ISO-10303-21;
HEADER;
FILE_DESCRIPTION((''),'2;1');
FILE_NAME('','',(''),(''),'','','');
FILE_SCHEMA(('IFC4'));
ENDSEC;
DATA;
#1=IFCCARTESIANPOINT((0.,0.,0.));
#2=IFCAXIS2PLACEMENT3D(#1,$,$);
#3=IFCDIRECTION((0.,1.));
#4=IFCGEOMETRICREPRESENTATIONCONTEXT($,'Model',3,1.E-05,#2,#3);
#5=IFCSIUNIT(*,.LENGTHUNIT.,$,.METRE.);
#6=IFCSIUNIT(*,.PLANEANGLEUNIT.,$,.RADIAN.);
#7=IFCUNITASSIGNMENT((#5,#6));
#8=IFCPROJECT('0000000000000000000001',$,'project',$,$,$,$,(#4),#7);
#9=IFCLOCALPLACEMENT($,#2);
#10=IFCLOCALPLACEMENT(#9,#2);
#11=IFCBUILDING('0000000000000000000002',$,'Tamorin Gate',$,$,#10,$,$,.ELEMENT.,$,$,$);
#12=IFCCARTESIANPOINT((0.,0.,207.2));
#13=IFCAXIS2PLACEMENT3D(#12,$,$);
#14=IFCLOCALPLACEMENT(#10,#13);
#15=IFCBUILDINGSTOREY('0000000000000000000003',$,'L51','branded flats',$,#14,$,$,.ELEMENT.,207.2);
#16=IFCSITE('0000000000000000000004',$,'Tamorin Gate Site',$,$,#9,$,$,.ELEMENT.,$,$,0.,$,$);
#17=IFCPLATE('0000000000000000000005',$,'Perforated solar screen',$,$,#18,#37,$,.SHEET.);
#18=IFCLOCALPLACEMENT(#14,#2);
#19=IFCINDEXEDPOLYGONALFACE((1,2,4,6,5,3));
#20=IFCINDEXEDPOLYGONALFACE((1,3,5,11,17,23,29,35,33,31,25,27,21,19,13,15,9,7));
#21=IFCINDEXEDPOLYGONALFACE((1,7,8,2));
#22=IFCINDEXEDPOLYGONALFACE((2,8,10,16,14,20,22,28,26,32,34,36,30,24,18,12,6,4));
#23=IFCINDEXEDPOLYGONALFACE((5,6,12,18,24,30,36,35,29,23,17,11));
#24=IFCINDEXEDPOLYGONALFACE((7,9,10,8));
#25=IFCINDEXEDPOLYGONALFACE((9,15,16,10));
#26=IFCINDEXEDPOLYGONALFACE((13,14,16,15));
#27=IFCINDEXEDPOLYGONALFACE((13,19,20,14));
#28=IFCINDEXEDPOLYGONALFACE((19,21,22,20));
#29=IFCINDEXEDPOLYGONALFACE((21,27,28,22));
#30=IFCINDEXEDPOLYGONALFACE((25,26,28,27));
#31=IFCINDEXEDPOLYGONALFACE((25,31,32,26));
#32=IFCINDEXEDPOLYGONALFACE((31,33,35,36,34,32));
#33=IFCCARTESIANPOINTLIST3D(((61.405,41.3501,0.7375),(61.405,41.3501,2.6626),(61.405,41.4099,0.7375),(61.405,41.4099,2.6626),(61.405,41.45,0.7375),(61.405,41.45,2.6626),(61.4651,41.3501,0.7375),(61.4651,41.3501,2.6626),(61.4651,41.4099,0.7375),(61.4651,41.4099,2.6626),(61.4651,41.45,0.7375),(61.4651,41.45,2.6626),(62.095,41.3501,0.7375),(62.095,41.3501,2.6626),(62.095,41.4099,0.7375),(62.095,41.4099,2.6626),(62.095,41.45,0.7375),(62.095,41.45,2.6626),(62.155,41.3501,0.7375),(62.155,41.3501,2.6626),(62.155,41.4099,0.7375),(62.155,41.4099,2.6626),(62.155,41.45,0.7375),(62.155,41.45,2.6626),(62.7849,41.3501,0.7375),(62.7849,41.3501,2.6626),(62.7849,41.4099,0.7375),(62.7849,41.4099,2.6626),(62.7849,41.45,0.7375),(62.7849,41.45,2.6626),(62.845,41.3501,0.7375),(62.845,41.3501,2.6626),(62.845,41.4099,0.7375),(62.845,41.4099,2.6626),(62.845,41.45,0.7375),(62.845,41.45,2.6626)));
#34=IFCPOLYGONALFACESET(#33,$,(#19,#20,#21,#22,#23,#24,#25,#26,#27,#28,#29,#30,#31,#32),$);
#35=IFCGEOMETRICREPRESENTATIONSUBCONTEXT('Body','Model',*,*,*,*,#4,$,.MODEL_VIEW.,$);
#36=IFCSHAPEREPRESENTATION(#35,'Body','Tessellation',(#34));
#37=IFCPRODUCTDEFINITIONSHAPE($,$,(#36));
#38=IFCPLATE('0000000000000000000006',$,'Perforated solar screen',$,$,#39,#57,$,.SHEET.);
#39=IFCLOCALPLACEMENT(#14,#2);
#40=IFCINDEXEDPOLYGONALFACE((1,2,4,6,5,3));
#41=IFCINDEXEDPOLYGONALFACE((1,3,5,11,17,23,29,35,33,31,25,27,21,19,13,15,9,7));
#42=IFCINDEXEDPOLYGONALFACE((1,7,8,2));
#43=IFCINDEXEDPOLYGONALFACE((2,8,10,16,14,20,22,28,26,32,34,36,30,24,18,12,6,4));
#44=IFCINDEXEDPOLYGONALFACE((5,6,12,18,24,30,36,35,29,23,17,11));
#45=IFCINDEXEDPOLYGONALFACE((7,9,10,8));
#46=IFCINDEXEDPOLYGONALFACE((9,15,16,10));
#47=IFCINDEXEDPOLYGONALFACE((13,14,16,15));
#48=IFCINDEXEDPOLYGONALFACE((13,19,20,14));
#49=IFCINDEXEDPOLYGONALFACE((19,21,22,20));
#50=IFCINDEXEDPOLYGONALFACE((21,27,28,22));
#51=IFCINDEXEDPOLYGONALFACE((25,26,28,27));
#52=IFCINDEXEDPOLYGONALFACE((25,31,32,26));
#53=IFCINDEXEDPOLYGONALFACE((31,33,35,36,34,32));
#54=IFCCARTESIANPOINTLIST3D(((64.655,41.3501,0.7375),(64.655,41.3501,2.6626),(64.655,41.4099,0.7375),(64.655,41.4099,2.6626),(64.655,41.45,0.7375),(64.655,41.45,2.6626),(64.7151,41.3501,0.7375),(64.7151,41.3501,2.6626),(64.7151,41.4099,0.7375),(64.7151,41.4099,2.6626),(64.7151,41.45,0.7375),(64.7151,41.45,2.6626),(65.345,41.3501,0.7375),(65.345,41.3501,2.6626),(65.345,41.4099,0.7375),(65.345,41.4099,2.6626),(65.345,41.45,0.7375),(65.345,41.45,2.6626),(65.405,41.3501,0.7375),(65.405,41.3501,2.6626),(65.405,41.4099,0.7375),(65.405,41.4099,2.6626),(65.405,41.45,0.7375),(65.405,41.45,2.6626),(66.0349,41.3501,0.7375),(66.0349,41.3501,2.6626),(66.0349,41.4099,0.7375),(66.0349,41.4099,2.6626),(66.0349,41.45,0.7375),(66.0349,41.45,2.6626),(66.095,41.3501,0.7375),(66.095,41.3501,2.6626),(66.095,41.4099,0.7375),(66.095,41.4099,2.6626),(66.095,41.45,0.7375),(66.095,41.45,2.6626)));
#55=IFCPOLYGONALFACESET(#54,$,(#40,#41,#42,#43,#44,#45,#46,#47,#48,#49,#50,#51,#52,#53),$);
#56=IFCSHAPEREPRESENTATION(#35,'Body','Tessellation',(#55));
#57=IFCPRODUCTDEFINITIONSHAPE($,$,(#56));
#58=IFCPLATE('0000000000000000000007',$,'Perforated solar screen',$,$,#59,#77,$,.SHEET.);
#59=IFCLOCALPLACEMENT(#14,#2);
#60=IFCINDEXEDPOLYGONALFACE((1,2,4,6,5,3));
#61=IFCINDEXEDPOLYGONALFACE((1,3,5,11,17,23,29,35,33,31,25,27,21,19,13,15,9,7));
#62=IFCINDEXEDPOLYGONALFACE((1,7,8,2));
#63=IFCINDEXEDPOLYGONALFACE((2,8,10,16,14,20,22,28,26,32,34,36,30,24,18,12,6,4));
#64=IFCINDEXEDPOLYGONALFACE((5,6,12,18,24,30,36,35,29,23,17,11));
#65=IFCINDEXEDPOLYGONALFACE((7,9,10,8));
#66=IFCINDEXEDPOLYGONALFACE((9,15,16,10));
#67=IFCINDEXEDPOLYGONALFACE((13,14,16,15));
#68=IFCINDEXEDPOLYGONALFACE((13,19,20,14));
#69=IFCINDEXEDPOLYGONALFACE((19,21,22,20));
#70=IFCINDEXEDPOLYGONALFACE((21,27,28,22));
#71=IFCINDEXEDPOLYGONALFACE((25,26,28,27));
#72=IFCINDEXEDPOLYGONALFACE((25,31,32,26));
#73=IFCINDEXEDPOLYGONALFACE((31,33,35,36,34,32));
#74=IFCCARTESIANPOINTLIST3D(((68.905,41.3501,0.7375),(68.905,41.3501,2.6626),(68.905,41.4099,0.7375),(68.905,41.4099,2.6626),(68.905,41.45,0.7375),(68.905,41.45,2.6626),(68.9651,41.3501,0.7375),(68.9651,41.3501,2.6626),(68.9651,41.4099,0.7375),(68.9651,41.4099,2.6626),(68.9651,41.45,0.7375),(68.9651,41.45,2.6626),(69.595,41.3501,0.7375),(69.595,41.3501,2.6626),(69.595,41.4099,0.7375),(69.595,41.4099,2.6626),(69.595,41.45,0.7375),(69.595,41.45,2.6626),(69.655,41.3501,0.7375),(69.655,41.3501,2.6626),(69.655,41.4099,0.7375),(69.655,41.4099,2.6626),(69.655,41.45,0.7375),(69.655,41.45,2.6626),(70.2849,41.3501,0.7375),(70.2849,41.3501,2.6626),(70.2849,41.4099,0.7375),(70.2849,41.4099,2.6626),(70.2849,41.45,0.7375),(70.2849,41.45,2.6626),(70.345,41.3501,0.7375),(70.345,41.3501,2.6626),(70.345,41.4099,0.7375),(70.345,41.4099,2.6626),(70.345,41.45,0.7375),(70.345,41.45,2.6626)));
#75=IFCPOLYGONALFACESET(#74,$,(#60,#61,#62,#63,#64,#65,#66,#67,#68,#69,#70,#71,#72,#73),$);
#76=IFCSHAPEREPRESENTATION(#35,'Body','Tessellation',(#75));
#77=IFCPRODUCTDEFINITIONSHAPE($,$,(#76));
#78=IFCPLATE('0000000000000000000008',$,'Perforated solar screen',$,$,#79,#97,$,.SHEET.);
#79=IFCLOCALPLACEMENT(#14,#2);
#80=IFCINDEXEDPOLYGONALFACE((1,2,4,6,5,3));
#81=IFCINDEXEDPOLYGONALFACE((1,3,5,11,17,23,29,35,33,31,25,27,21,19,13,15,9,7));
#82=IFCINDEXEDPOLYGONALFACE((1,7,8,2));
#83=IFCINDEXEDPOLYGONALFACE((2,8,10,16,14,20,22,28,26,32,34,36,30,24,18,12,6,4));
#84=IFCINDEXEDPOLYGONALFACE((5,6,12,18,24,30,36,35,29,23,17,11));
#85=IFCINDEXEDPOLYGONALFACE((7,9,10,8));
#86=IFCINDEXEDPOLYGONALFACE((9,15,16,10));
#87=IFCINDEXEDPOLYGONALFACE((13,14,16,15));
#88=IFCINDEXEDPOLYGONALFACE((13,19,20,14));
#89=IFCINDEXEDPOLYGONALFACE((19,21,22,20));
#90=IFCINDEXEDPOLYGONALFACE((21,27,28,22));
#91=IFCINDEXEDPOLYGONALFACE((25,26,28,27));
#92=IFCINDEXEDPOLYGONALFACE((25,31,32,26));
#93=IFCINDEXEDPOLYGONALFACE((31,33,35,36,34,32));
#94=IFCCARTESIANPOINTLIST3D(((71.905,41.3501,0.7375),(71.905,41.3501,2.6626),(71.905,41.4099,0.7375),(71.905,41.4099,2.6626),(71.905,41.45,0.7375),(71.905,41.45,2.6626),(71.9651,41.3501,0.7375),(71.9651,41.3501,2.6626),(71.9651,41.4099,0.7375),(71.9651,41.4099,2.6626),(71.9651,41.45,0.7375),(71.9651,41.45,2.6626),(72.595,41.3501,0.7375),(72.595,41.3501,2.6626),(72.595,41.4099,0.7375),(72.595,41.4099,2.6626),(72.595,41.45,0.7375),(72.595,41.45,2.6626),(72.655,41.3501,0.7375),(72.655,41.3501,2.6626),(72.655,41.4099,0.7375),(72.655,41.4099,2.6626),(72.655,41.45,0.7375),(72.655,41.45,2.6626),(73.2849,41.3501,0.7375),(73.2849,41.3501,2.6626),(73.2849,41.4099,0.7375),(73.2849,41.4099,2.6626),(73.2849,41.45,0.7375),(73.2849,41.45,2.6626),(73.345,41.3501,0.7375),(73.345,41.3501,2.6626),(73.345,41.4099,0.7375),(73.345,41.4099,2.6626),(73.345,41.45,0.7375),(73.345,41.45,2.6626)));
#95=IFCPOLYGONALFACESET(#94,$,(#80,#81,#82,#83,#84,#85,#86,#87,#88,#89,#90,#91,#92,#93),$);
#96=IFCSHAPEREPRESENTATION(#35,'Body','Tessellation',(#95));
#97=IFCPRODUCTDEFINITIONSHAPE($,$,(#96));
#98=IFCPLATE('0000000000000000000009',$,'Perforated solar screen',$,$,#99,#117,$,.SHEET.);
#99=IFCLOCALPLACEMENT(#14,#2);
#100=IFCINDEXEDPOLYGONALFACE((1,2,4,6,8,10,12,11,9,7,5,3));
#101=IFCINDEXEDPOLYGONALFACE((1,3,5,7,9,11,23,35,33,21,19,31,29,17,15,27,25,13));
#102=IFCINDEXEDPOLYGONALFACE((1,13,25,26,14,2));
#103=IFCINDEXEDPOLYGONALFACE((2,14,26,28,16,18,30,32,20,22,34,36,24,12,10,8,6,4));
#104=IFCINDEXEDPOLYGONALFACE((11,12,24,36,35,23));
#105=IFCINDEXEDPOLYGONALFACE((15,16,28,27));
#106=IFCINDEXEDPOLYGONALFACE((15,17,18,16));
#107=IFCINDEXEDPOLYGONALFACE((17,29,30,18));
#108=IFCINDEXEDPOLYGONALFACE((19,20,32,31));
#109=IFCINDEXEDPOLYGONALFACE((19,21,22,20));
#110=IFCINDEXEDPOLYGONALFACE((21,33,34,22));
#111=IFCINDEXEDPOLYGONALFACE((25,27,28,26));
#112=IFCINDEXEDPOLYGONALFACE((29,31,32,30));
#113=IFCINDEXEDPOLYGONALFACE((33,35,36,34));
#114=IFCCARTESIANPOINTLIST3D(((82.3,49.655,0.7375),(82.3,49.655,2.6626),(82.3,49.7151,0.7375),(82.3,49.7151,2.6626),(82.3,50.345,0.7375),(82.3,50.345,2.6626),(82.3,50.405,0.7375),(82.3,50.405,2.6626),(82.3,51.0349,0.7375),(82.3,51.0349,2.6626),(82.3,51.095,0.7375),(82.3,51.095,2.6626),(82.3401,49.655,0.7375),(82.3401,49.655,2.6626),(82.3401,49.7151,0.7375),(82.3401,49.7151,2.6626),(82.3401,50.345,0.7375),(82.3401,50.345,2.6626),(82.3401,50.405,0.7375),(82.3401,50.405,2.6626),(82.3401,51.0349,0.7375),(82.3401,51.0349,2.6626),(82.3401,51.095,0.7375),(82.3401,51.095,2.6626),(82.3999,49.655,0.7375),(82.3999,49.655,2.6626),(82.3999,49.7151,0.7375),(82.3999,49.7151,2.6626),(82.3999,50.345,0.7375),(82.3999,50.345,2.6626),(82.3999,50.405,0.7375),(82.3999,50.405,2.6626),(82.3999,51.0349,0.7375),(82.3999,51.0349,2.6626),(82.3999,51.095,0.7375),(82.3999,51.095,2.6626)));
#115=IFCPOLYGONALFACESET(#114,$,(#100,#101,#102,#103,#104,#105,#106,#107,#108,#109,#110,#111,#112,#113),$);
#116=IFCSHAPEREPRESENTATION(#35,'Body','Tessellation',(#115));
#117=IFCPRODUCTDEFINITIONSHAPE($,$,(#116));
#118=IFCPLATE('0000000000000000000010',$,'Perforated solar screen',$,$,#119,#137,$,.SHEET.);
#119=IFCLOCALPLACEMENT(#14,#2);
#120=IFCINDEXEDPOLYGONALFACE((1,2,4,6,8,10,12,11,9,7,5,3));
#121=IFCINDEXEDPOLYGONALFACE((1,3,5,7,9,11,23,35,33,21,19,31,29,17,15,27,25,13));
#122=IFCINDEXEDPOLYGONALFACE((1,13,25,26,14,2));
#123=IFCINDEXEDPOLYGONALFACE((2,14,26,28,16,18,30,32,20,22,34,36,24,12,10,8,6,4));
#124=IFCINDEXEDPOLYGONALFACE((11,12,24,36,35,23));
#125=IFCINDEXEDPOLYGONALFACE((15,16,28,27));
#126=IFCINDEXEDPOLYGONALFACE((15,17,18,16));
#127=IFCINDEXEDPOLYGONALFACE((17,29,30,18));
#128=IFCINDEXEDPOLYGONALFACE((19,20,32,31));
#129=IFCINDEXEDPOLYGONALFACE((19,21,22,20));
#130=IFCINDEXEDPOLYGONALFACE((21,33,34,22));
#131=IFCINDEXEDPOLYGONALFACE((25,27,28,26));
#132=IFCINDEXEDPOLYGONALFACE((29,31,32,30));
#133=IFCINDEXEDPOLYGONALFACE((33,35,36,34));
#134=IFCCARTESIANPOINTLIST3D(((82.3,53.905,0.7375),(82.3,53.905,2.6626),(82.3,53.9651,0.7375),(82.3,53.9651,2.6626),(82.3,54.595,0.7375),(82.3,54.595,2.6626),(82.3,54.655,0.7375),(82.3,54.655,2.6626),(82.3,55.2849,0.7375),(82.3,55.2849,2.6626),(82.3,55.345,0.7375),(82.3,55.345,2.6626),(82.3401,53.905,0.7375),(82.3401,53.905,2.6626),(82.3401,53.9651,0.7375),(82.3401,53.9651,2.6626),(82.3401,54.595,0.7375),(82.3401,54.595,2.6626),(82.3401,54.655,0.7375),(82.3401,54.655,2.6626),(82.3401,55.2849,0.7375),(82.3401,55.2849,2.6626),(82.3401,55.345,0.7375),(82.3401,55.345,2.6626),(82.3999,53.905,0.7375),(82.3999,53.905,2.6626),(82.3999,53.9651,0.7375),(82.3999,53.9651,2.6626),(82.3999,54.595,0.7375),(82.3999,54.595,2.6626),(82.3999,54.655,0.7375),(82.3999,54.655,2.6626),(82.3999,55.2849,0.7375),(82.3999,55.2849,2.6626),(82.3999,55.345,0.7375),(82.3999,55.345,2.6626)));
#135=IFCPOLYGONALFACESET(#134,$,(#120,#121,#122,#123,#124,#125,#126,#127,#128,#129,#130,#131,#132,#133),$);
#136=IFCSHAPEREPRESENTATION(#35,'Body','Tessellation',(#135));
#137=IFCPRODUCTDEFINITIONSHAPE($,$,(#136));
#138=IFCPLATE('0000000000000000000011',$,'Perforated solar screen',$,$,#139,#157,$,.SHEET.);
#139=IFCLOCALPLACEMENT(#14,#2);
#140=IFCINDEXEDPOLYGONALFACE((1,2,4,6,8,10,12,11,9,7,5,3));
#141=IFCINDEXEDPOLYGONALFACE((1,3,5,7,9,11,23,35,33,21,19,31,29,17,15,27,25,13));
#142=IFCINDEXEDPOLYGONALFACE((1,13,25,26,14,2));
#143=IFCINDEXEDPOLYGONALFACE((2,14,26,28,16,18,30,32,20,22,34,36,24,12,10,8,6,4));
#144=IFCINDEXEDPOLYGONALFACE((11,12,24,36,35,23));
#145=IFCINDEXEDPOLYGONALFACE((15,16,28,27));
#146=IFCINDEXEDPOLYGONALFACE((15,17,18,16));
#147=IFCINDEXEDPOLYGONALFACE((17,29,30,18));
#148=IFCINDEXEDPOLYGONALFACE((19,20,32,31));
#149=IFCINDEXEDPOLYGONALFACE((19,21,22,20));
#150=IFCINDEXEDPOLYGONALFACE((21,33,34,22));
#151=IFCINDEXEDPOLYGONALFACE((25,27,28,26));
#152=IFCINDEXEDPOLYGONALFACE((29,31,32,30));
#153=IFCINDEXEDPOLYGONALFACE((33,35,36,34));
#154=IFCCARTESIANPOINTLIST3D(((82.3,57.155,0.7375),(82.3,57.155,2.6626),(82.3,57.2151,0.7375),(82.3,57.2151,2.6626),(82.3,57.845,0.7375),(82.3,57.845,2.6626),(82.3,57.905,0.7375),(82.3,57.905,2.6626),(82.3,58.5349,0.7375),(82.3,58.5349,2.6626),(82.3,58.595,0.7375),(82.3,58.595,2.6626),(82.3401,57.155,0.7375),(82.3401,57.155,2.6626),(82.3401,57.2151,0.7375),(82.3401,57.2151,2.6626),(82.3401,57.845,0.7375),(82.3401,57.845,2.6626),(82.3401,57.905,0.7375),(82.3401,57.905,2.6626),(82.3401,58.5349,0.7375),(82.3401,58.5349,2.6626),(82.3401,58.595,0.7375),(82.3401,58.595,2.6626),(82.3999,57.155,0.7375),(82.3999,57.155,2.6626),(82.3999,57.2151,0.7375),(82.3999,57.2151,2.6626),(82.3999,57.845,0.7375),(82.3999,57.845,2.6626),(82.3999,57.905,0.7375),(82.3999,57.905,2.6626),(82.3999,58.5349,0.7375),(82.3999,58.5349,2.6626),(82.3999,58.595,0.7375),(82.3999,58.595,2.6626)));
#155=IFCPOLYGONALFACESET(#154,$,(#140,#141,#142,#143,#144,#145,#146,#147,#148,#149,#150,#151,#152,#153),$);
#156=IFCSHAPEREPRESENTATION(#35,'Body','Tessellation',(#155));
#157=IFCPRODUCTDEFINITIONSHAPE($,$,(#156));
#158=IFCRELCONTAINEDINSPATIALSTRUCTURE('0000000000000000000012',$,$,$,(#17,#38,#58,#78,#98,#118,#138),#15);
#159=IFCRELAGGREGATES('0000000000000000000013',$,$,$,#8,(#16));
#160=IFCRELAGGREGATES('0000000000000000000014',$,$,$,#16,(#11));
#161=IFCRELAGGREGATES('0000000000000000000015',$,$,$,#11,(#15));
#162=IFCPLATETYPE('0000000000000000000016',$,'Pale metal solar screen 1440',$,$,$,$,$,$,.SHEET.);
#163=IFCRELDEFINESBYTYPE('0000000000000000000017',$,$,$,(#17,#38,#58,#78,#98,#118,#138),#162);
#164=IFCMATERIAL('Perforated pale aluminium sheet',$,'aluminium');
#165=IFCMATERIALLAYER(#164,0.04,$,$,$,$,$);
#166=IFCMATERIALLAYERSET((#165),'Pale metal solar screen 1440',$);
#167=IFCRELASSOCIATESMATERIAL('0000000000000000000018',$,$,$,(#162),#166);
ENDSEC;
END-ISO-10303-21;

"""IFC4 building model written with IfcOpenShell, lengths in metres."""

from ifc_helpers import new_model, si_unit, direction, frame, origin, place, context, subcontext, project, spatial, polyline, outline, extrude, material, layer, layer_set, type_object, element, save


model = new_model("IFC4")

# Units and contexts
model_context = context("Model", 3, precision=1e-05, world=origin(), true_north=direction((0.0, 1.0)))
body_context = subcontext(model_context, "Body", "Model", "MODEL_VIEW")
ifc_project = project(units=[si_unit("LENGTHUNIT", "METRE"), si_unit("PLANEANGLEUNIT", "RADIAN")], contexts=[model_context])

# Site, building, storey
site_placement = place(None, origin())
site = spatial("IfcSite", under=ifc_project, at=site_placement, Name="Tamorin Gate Site", CompositionType="ELEMENT", RefElevation=0.0)
building_placement = place(site_placement, origin())
building = spatial("IfcBuilding", under=site, at=building_placement, Name="Tamorin Gate", CompositionType="ELEMENT")
storey_placement = place(building_placement, frame((0.0, 0.0, 207.2)))
storey = spatial("IfcBuildingStorey", under=building, at=storey_placement, Name="L51", Description="branded flats", CompositionType="ELEMENT", Elevation=207.2)

# Plates
ifc_material_1 = material(Name="Perforated pale aluminium sheet", Category="aluminium")
ifc_layer_1 = layer(ifc_material_1, 0.04)
ifc_layer_set_1 = layer_set([ifc_layer_1], Name="Pale metal solar screen 1440")
plate_type_1 = type_object("IfcPlateType", Name="Pale metal solar screen 1440", PredefinedType="SHEET", material=ifc_layer_set_1)
plate_1_placement = place(storey_placement, frame((0.0, 0.0, 0.7375)))
element("IfcPlate", 1, at=plate_1_placement, inside=storey, type_object=plate_type_1, Name="Perforated solar screen", PredefinedType="SHEET", context=body_context, shape_type="SweptSolid", body=[
    extrude(outline(polyline([(61.405, 41.4099), (61.405, 41.45), (61.4651, 41.45), (62.095, 41.45), (62.155, 41.45), (62.7849, 41.45), (62.845, 41.45), (62.845, 41.4099), (62.845, 41.3501), (62.7849, 41.3501), (62.7849, 41.4099), (62.155, 41.4099), (62.155, 41.3501), (62.095, 41.3501), (62.095, 41.4099), (61.4651, 41.4099), (61.4651, 41.3501), (61.405, 41.3501), (61.405, 41.4099)])), origin(), (0.0, 0.0, 1.0), 1.925),
])
plate_2_placement = place(storey_placement, frame((0.0, 0.0, 0.7375)))
element("IfcPlate", 2, at=plate_2_placement, inside=storey, type_object=plate_type_1, Name="Perforated solar screen", PredefinedType="SHEET", context=body_context, shape_type="SweptSolid", body=[
    extrude(outline(polyline([(64.655, 41.4099), (64.655, 41.45), (64.7151, 41.45), (65.345, 41.45), (65.405, 41.45), (66.0349, 41.45), (66.095, 41.45), (66.095, 41.4099), (66.095, 41.3501), (66.0349, 41.3501), (66.0349, 41.4099), (65.405, 41.4099), (65.405, 41.3501), (65.345, 41.3501), (65.345, 41.4099), (64.7151, 41.4099), (64.7151, 41.3501), (64.655, 41.3501), (64.655, 41.4099)])), origin(), (0.0, 0.0, 1.0), 1.925),
])
plate_3_placement = place(storey_placement, frame((0.0, 0.0, 0.7375)))
element("IfcPlate", 3, at=plate_3_placement, inside=storey, type_object=plate_type_1, Name="Perforated solar screen", PredefinedType="SHEET", context=body_context, shape_type="SweptSolid", body=[
    extrude(outline(polyline([(68.905, 41.4099), (68.905, 41.45), (68.9651, 41.45), (69.595, 41.45), (69.655, 41.45), (70.2849, 41.45), (70.345, 41.45), (70.345, 41.4099), (70.345, 41.3501), (70.2849, 41.3501), (70.2849, 41.4099), (69.655, 41.4099), (69.655, 41.3501), (69.595, 41.3501), (69.595, 41.4099), (68.9651, 41.4099), (68.9651, 41.3501), (68.905, 41.3501), (68.905, 41.4099)])), origin(), (0.0, 0.0, 1.0), 1.925),
])
plate_4_placement = place(storey_placement, frame((0.0, 0.0, 0.7375)))
element("IfcPlate", 4, at=plate_4_placement, inside=storey, type_object=plate_type_1, Name="Perforated solar screen", PredefinedType="SHEET", context=body_context, shape_type="SweptSolid", body=[
    extrude(outline(polyline([(71.905, 41.4099), (71.905, 41.45), (71.9651, 41.45), (72.595, 41.45), (72.655, 41.45), (73.2849, 41.45), (73.345, 41.45), (73.345, 41.4099), (73.345, 41.3501), (73.2849, 41.3501), (73.2849, 41.4099), (72.655, 41.4099), (72.655, 41.3501), (72.595, 41.3501), (72.595, 41.4099), (71.9651, 41.4099), (71.9651, 41.3501), (71.905, 41.3501), (71.905, 41.4099)])), origin(), (0.0, 0.0, 1.0), 1.925),
])
plate_5_placement = place(storey_placement, frame((0.0, 0.0, 0.7375)))
element("IfcPlate", 5, at=plate_5_placement, inside=storey, type_object=plate_type_1, Name="Perforated solar screen", PredefinedType="SHEET", context=body_context, shape_type="SweptSolid", body=[
    extrude(outline(polyline([(82.3401, 49.655), (82.3, 49.655), (82.3, 49.7151), (82.3, 50.345), (82.3, 50.405), (82.3, 51.0349), (82.3, 51.095), (82.3, 51.095), (82.3401, 51.095), (82.3401, 51.095), (82.3999, 51.095), (82.3999, 51.0349), (82.3401, 51.0349), (82.3401, 50.405), (82.3999, 50.405), (82.3999, 50.345), (82.3401, 50.345), (82.3401, 49.7151), (82.3999, 49.7151), (82.3999, 49.655), (82.3401, 49.655)])), origin(), (0.0, 0.0, 1.0), 1.925),
])
plate_6_placement = place(storey_placement, frame((0.0, 0.0, 0.7375)))
element("IfcPlate", 6, at=plate_6_placement, inside=storey, type_object=plate_type_1, Name="Perforated solar screen", PredefinedType="SHEET", context=body_context, shape_type="SweptSolid", body=[
    extrude(outline(polyline([(82.3401, 53.905), (82.3, 53.905), (82.3, 53.9651), (82.3, 54.595), (82.3, 54.655), (82.3, 55.2849), (82.3, 55.345), (82.3401, 55.345), (82.3999, 55.345), (82.3999, 55.2849), (82.3401, 55.2849), (82.3401, 54.655), (82.3999, 54.655), (82.3999, 54.595), (82.3401, 54.595), (82.3401, 53.9651), (82.3999, 53.9651), (82.3999, 53.905), (82.3401, 53.905)])), origin(), (0.0, 0.0, 1.0), 1.925),
])
plate_7_placement = place(storey_placement, frame((0.0, 0.0, 0.7375)))
element("IfcPlate", 7, at=plate_7_placement, inside=storey, type_object=plate_type_1, Name="Perforated solar screen", PredefinedType="SHEET", context=body_context, shape_type="SweptSolid", body=[
    extrude(outline(polyline([(82.3401, 57.155), (82.3, 57.155), (82.3, 57.2151), (82.3, 57.845), (82.3, 57.905), (82.3, 58.5349), (82.3, 58.595), (82.3401, 58.595), (82.3999, 58.595), (82.3999, 58.5349), (82.3401, 58.5349), (82.3401, 57.905), (82.3999, 57.905), (82.3999, 57.845), (82.3401, 57.845), (82.3401, 57.2151), (82.3999, 57.2151), (82.3999, 57.155), (82.3401, 57.155)])), origin(), (0.0, 0.0, 1.0), 1.925),
])

save(model, "model.ifc")
